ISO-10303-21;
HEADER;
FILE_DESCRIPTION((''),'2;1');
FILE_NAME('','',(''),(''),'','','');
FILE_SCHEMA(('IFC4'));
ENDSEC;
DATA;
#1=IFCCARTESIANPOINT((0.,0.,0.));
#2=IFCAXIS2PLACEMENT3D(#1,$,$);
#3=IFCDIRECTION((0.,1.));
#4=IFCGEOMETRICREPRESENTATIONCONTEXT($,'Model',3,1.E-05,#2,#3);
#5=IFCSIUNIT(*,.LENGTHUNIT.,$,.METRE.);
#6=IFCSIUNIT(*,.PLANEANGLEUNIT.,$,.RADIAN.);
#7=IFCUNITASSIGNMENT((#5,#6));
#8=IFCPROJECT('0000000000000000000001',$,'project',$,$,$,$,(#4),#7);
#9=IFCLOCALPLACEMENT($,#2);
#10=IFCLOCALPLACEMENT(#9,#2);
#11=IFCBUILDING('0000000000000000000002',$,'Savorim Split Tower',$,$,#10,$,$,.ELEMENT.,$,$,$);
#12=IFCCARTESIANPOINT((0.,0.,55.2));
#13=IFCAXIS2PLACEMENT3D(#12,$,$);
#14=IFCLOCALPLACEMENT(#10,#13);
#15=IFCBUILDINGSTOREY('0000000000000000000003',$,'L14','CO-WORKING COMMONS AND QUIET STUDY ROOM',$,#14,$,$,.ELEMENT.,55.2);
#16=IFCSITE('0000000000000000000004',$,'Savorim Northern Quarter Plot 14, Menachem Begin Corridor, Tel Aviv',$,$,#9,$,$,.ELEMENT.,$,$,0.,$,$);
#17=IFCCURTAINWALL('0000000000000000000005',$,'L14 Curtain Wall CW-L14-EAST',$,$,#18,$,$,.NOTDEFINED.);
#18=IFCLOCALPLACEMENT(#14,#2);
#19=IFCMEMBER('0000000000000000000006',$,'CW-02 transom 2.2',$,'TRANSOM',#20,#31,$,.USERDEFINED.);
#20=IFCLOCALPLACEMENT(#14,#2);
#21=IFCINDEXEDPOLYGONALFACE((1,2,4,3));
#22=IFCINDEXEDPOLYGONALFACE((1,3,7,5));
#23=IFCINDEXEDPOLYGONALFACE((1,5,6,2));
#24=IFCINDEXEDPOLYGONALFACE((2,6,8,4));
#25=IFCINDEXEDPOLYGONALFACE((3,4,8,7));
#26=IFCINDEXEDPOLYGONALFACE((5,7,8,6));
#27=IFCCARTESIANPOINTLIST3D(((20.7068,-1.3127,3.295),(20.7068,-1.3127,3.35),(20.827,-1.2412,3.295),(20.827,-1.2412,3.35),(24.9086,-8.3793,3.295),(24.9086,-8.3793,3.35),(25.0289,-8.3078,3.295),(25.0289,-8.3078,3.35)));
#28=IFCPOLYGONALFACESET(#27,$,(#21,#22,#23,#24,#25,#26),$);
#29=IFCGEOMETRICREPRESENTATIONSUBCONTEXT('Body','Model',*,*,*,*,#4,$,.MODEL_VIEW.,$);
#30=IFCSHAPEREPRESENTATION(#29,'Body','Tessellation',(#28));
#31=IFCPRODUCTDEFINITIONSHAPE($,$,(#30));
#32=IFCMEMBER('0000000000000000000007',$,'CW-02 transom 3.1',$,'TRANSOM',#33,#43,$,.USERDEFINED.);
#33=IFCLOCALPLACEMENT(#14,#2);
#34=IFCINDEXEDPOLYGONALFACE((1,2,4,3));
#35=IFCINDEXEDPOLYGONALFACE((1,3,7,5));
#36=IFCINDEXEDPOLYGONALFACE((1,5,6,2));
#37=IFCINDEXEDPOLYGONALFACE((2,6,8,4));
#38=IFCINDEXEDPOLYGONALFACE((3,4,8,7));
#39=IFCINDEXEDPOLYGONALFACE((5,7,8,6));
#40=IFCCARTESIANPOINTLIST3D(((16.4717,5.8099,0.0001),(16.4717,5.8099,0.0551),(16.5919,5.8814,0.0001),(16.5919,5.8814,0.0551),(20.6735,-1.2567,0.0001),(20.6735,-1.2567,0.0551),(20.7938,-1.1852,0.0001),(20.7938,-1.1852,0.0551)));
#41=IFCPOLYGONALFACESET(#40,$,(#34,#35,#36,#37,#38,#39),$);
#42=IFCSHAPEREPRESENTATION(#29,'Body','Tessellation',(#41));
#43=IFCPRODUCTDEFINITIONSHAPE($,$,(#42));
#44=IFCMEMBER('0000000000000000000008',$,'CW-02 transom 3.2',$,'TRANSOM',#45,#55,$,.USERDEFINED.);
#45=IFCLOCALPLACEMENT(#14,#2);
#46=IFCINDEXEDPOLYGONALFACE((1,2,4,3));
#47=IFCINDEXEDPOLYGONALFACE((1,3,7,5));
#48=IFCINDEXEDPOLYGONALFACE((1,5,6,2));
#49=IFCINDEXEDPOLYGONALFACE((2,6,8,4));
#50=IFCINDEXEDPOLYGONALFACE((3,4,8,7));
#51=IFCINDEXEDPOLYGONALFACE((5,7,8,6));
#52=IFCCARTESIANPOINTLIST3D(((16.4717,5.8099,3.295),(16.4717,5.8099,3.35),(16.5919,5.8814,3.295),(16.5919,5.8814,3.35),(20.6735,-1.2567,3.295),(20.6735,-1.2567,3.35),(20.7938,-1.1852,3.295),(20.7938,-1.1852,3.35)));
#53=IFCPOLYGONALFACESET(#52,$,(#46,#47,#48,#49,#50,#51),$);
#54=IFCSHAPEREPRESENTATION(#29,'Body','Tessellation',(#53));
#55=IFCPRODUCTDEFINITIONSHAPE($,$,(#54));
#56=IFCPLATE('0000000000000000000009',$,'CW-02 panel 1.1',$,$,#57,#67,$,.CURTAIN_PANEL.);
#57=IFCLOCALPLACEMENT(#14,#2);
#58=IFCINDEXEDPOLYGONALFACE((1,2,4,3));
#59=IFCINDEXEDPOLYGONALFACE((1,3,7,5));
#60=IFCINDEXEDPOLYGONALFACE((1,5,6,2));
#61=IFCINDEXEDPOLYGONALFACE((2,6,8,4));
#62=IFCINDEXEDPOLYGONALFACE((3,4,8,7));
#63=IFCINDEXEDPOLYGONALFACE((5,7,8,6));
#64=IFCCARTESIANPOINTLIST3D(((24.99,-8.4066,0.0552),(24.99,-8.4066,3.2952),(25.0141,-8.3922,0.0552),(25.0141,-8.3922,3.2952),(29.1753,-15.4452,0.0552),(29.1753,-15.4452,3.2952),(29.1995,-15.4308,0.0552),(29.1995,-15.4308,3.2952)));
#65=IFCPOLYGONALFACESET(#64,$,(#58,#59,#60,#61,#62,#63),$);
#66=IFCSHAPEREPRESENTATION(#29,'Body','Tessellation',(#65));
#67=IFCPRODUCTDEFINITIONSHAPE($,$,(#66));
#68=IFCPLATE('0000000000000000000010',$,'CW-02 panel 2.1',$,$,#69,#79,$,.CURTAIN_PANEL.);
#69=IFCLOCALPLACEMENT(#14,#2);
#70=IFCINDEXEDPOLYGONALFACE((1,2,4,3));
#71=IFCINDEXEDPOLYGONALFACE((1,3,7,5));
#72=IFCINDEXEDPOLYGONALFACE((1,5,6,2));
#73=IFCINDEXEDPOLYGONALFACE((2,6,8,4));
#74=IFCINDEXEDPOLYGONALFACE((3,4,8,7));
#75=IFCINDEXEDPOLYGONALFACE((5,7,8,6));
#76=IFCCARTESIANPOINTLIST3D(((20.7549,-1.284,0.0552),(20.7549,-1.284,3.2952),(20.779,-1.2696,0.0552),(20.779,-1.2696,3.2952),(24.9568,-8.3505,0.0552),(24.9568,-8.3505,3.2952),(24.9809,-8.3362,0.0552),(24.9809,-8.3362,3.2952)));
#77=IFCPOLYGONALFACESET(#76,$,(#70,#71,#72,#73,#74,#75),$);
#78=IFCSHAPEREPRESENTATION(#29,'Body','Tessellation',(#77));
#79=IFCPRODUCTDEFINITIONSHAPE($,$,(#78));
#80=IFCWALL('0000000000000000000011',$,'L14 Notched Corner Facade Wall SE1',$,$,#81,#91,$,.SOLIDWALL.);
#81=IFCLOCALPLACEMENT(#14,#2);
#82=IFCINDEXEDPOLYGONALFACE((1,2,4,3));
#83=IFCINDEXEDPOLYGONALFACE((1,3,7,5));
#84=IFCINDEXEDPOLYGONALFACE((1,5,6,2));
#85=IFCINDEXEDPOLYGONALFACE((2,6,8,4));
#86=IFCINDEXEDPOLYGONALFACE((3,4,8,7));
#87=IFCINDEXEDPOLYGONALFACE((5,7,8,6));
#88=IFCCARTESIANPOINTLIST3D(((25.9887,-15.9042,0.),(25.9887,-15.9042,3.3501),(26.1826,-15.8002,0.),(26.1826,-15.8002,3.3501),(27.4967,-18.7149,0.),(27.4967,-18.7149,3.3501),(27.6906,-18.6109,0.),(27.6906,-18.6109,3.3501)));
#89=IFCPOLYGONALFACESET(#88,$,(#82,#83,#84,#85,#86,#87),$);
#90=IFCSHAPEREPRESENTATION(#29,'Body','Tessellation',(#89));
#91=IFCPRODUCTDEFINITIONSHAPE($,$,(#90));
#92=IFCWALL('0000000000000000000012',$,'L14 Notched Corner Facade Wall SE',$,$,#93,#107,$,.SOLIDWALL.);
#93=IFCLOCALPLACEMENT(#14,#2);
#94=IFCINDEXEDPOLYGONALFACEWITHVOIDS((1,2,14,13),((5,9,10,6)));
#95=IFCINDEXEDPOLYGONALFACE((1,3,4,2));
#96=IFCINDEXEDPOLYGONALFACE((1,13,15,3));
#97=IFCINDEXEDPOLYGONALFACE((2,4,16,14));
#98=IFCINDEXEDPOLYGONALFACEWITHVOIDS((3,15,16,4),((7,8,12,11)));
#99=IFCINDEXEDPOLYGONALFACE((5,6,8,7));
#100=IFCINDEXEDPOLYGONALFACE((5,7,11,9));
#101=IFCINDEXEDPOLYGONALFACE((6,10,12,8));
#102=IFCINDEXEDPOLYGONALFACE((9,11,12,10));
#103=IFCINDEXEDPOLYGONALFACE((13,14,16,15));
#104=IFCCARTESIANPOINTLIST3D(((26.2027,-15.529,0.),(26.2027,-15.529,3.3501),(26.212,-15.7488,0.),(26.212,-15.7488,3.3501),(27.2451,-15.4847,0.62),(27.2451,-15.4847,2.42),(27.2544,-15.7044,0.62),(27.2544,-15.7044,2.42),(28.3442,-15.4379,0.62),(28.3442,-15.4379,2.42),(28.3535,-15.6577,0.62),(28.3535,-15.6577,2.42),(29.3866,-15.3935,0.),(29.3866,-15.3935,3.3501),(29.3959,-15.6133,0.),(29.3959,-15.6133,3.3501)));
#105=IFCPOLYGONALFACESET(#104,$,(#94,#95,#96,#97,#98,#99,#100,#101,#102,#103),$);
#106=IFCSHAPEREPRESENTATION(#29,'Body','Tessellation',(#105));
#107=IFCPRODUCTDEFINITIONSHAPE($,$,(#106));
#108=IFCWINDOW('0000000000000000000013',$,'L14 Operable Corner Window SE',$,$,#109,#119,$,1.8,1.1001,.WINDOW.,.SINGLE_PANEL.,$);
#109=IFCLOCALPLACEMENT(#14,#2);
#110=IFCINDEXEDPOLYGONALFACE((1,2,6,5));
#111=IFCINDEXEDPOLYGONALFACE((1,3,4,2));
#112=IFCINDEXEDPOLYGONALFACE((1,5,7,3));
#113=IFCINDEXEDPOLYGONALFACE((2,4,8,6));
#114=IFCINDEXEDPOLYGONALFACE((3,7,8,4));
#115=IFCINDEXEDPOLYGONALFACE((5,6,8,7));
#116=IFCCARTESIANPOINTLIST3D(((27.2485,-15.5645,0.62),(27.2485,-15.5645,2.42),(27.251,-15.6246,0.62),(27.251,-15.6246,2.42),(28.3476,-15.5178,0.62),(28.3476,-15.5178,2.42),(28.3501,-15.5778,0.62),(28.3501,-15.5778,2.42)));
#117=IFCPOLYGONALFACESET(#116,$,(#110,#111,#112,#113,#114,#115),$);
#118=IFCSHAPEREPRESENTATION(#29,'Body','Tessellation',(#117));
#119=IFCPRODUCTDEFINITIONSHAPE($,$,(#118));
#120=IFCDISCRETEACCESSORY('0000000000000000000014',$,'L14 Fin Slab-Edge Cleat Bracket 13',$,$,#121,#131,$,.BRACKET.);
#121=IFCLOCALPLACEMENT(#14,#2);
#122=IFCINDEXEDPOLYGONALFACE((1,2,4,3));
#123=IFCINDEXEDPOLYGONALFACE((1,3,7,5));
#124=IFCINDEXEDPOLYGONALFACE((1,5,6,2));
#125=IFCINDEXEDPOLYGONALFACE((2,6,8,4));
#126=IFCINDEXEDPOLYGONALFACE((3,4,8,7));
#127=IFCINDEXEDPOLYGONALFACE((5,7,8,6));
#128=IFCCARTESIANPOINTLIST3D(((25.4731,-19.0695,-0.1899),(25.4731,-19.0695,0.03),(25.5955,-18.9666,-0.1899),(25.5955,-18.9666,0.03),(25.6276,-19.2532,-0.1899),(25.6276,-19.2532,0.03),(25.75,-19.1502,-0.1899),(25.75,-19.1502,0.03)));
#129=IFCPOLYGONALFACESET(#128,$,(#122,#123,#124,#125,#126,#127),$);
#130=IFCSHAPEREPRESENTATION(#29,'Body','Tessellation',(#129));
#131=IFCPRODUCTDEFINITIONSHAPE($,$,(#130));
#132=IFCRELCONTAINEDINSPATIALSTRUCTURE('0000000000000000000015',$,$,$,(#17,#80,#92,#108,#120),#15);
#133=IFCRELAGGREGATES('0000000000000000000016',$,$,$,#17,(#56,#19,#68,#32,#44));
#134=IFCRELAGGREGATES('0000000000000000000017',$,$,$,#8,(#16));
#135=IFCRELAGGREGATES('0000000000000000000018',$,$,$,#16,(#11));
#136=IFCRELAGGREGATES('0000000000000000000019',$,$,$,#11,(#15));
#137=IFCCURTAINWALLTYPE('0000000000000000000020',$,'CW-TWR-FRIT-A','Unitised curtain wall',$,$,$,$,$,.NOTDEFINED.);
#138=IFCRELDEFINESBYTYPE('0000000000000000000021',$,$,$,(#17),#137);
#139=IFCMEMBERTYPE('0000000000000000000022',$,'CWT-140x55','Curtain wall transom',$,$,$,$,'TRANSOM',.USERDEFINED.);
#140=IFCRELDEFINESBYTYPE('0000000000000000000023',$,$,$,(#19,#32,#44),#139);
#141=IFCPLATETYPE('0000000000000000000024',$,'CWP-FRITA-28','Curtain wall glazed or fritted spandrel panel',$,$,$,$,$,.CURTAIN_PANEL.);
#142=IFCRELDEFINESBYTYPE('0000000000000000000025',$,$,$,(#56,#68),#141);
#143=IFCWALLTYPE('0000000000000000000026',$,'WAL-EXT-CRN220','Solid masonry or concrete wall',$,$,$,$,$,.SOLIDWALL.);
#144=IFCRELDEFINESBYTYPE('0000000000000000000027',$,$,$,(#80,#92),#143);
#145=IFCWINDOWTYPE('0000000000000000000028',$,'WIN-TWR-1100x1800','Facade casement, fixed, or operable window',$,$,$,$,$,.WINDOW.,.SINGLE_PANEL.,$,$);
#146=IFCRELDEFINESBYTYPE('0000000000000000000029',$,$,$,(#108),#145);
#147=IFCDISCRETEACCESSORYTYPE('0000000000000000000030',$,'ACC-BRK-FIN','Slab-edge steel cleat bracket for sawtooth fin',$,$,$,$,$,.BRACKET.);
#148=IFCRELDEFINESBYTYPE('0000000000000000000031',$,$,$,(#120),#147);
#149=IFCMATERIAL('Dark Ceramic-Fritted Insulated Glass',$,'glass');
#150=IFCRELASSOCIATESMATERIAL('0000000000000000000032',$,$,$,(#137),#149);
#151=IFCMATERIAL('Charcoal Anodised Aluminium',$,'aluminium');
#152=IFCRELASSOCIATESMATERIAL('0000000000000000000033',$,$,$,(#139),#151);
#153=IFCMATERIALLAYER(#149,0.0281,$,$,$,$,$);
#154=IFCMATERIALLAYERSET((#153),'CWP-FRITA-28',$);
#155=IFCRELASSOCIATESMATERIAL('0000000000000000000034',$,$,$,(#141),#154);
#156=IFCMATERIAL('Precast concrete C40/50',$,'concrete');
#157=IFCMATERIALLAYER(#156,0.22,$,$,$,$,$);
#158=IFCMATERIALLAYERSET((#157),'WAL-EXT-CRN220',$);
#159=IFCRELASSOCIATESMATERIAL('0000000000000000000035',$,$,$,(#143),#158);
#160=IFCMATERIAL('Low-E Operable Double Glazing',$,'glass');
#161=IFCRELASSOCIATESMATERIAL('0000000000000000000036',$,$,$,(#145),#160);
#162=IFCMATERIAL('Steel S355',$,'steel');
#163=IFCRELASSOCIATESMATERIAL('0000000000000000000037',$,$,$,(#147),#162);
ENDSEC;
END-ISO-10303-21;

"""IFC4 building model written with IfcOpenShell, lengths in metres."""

from ifc_helpers import new_model, si_unit, direction, frame, frame_2d, origin, origin_2d, place, context, subcontext, project, spatial, rectangle, extrude, material, layer, layer_set, material_profile, profile_set, type_object, element, fill, aggregate, save


model = new_model("IFC4")

# Units and contexts
model_context = context("Model", 3, precision=1e-05, world=origin(), true_north=direction((0.0, 1.0)))
body_context = subcontext(model_context, "Body", "Model", "MODEL_VIEW")
ifc_project = project(units=[si_unit("LENGTHUNIT", "METRE"), si_unit("PLANEANGLEUNIT", "RADIAN")], contexts=[model_context])

# Site, building, storey
site_placement = place(None, origin())
site = spatial("IfcSite", under=ifc_project, at=site_placement, Name="Savorim Northern Quarter Plot 14, Menachem Begin Corridor, Tel Aviv", CompositionType="ELEMENT", RefElevation=0.0)
building_placement = place(site_placement, origin())
building = spatial("IfcBuilding", under=site, at=building_placement, Name="Savorim Split Tower", CompositionType="ELEMENT")
storey_placement = place(building_placement, frame((0.0, 0.0, 55.2)))
storey = spatial("IfcBuildingStorey", under=building, at=storey_placement, Name="L14", Description="CO-WORKING COMMONS AND QUIET STUDY ROOM", CompositionType="ELEMENT", Elevation=55.2)

# Shared definitions
ifc_material_1 = material(Name="Steel S355", Category="steel")

# Shared definitions
ifc_material_2 = material(Name="Dark Ceramic-Fritted Insulated Glass", Category="glass")
curtain_wall_type = type_object("IfcCurtainWallType", Name="CW-TWR-FRIT-A", Description="Unitised curtain wall", PredefinedType="NOTDEFINED", material=ifc_material_2)
ifc_material_3 = material(Name="Charcoal Anodised Aluminium", Category="aluminium")

# Curtain wall, members, plates
curtain_wall_1_placement = place(storey_placement, origin())
curtain_wall_1 = element("IfcCurtainWall", 1, at=curtain_wall_1_placement, inside=storey, type_object=curtain_wall_type, Name="L14 Curtain Wall CW-L14-EAST", PredefinedType="NOTDEFINED")
ifc_material_profile_1 = material_profile(ifc_material_3, rectangle(XDim=0.1399, YDim=0.0549, at=origin_2d()), Name="ALU-T 140x55")
ifc_profile_set_1 = profile_set([ifc_material_profile_1], Name="Charcoal Anodised Aluminium")
member_type_1 = type_object("IfcMemberType", Name="CWT-140x55", Description="Curtain wall transom", ElementType="TRANSOM", PredefinedType="USERDEFINED", material=ifc_profile_set_1)
member_1_placement = place(storey_placement, frame((24.9688, -8.3435, 3.3225), z_axis=(-0.511085, 0.85953, 0.0), x_axis=(-0.85953, -0.511085, 0.0)))
member_1 = element("IfcMember", 2, at=member_1_placement, type_object=member_type_1, Name="CW-02 transom 2.2", ObjectType="TRANSOM", PredefinedType="USERDEFINED", context=body_context, shape_type="SweptSolid", body=[
    extrude(rectangle(XDim=0.1399, YDim=0.0549, at=origin_2d()), origin(), (0.0, 0.0, 1.0), 8.2214),
])
member_2_placement = place(storey_placement, frame((20.7336, -1.2209, 0.0276), z_axis=(-0.511085, 0.85953, 0.0), x_axis=(-0.85953, -0.511085, 0.0)))
member_2 = element("IfcMember", 3, at=member_2_placement, type_object=member_type_1, Name="CW-02 transom 3.1", ObjectType="TRANSOM", PredefinedType="USERDEFINED", context=body_context, shape_type="SweptSolid", body=[
    extrude(rectangle(XDim=0.1399, YDim=0.0549, at=origin_2d()), origin(), (0.0, 0.0, 1.0), 8.2214),
])
member_3_placement = place(storey_placement, frame((20.7336, -1.2209, 3.3225), z_axis=(-0.511085, 0.85953, 0.0), x_axis=(-0.85953, -0.511085, 0.0)))
member_3 = element("IfcMember", 4, at=member_3_placement, type_object=member_type_1, Name="CW-02 transom 3.2", ObjectType="TRANSOM", PredefinedType="USERDEFINED", context=body_context, shape_type="SweptSolid", body=[
    extrude(rectangle(XDim=0.1399, YDim=0.0549, at=origin_2d()), origin(), (0.0, 0.0, 1.0), 8.2214),
])
ifc_layer_1 = layer(ifc_material_2, 0.0281)
ifc_layer_set_1 = layer_set([ifc_layer_1], Name="CWP-FRITA-28")
plate_type = type_object("IfcPlateType", Name="CWP-FRITA-28", Description="Curtain wall glazed or fritted spandrel panel", PredefinedType="CURTAIN_PANEL", material=ifc_layer_set_1)
plate_1_placement = place(storey_placement, frame((27.0947, -11.9187, 0.0552), z_axis=(0.0, 0.0, 1.0), x_axis=(-0.511092, 0.859526, 0.0)))
plate_1 = element("IfcPlate", 5, at=plate_1_placement, type_object=plate_type, Name="CW-02 panel 1.1", PredefinedType="CURTAIN_PANEL", context=body_context, shape_type="SweptSolid", body=[
    extrude(rectangle(XDim=8.189, YDim=0.0281, at=origin_2d()), origin(), (0.0, 0.0, 1.0), 3.24),
])
plate_2_placement = place(storey_placement, frame((22.8679, -4.8101, 0.0552), z_axis=(0.0, 0.0, 1.0), x_axis=(-0.511092, 0.859526, 0.0)))
plate_2 = element("IfcPlate", 6, at=plate_2_placement, type_object=plate_type, Name="CW-02 panel 2.1", PredefinedType="CURTAIN_PANEL", context=body_context, shape_type="SweptSolid", body=[
    extrude(rectangle(XDim=8.2214, YDim=0.0281, at=origin_2d()), origin(), (0.0, 0.0, 1.0), 3.24),
])
aggregate(curtain_wall_1, [plate_1, member_1, plate_2, member_2, member_3])

# Wall
ifc_material_4 = material(Name="Precast concrete C40/50", Category="concrete")
ifc_layer_2 = layer(ifc_material_4, 0.22)
ifc_layer_set_2 = layer_set([ifc_layer_2], Name="WAL-EXT-CRN220")
wall_type = type_object("IfcWallType", Name="WAL-EXT-CRN220", Description="Solid masonry or concrete wall", PredefinedType="SOLIDWALL", material=ifc_layer_set_2)
wall_1_placement = place(storey_placement, frame((26.0857, -15.8523, 0.0), z_axis=(0.0, 0.0, 1.0), x_axis=(0.472776, -0.881183, 0.0)))
element("IfcWall", 7, at=wall_1_placement, inside=storey, type_object=wall_type, Name="L14 Notched Corner Facade Wall SE1", PredefinedType="SOLIDWALL", context=body_context, shape_type="SweptSolid", body=[
    extrude(rectangle(XDim=3.1897, YDim=0.22, at=frame_2d((1.5947, 0.0))), origin(), (0.0, 0.0, 1.0), 3.3501),
])

# Wall, opening, window
wall_2_placement = place(storey_placement, frame((29.3911, -15.5034, 0.0), z_axis=(0.0, 0.0, 1.0), x_axis=(-0.999096, -0.04252, 0.0)))
wall_2 = element("IfcWall", 8, at=wall_2_placement, inside=storey, type_object=wall_type, Name="L14 Notched Corner Facade Wall SE", PredefinedType="SOLIDWALL", context=body_context, shape_type="SweptSolid", body=[
    extrude(rectangle(XDim=3.1868, YDim=0.22, at=frame_2d((1.5933, 0.0))), origin(), (0.0, 0.0, 1.0), 3.3501),
])
opening_placement = place(wall_2_placement, frame((1.0432, 0.0, 0.6201)))
opening = element("IfcOpeningElement", 9, at=opening_placement, cuts=wall_2, PredefinedType="OPENING", context=body_context, shape_type="SweptSolid", body=[
    extrude(rectangle(XDim=1.1001, YDim=1.8, at=frame_2d((0.55, 0.8999))), frame((0.0, 0.1199, 0.0), z_axis=(0.0, -1.0, 0.0), x_axis=(1.0, 0.0, 0.0)), (0.0, 0.0, 1.0), 0.24),
])
ifc_material_5 = material(Name="Low-E Operable Double Glazing", Category="glass")
window_type = type_object("IfcWindowType", Name="WIN-TWR-1100x1800", Description="Facade casement, fixed, or operable window", PartitioningType="SINGLE_PANEL", PredefinedType="WINDOW", material=ifc_material_5)
window_placement = place(opening_placement, origin())
window = element("IfcWindow", 10, at=window_placement, inside=storey, type_object=window_type, Name="L14 Operable Corner Window SE", OverallHeight=1.8, OverallWidth=1.1001, PartitioningType="SINGLE_PANEL", PredefinedType="WINDOW", context=body_context, shape_type="SweptSolid", body=[
    extrude(rectangle(XDim=1.1001, YDim=1.8, at=frame_2d((0.55, 0.8999))), frame((0.0, 0.03, 0.0), z_axis=(0.0, -1.0, 0.0), x_axis=(1.0, 0.0, 0.0)), (0.0, 0.0, 1.0), 0.0601),
])
fill(opening, window)

# Discrete accessory
discrete_accessory_type = type_object("IfcDiscreteAccessoryType", Name="ACC-BRK-FIN", Description="Slab-edge steel cleat bracket for sawtooth fin", PredefinedType="BRACKET", material=ifc_material_1)
discrete_accessory_placement = place(storey_placement, frame((25.6116, -19.1099, -0.1899), z_axis=(0.0, 0.0, 1.0), x_axis=(0.643719, -0.765262, 0.0)))
element("IfcDiscreteAccessory", 11, at=discrete_accessory_placement, inside=storey, type_object=discrete_accessory_type, Name="L14 Fin Slab-Edge Cleat Bracket 13", PredefinedType="BRACKET", context=body_context, shape_type="SweptSolid", body=[
    extrude(rectangle(XDim=0.24, YDim=0.1599, at=origin_2d()), origin(), (0.0, 0.0, 1.0), 0.22),
])

save(model, "model.ifc")
